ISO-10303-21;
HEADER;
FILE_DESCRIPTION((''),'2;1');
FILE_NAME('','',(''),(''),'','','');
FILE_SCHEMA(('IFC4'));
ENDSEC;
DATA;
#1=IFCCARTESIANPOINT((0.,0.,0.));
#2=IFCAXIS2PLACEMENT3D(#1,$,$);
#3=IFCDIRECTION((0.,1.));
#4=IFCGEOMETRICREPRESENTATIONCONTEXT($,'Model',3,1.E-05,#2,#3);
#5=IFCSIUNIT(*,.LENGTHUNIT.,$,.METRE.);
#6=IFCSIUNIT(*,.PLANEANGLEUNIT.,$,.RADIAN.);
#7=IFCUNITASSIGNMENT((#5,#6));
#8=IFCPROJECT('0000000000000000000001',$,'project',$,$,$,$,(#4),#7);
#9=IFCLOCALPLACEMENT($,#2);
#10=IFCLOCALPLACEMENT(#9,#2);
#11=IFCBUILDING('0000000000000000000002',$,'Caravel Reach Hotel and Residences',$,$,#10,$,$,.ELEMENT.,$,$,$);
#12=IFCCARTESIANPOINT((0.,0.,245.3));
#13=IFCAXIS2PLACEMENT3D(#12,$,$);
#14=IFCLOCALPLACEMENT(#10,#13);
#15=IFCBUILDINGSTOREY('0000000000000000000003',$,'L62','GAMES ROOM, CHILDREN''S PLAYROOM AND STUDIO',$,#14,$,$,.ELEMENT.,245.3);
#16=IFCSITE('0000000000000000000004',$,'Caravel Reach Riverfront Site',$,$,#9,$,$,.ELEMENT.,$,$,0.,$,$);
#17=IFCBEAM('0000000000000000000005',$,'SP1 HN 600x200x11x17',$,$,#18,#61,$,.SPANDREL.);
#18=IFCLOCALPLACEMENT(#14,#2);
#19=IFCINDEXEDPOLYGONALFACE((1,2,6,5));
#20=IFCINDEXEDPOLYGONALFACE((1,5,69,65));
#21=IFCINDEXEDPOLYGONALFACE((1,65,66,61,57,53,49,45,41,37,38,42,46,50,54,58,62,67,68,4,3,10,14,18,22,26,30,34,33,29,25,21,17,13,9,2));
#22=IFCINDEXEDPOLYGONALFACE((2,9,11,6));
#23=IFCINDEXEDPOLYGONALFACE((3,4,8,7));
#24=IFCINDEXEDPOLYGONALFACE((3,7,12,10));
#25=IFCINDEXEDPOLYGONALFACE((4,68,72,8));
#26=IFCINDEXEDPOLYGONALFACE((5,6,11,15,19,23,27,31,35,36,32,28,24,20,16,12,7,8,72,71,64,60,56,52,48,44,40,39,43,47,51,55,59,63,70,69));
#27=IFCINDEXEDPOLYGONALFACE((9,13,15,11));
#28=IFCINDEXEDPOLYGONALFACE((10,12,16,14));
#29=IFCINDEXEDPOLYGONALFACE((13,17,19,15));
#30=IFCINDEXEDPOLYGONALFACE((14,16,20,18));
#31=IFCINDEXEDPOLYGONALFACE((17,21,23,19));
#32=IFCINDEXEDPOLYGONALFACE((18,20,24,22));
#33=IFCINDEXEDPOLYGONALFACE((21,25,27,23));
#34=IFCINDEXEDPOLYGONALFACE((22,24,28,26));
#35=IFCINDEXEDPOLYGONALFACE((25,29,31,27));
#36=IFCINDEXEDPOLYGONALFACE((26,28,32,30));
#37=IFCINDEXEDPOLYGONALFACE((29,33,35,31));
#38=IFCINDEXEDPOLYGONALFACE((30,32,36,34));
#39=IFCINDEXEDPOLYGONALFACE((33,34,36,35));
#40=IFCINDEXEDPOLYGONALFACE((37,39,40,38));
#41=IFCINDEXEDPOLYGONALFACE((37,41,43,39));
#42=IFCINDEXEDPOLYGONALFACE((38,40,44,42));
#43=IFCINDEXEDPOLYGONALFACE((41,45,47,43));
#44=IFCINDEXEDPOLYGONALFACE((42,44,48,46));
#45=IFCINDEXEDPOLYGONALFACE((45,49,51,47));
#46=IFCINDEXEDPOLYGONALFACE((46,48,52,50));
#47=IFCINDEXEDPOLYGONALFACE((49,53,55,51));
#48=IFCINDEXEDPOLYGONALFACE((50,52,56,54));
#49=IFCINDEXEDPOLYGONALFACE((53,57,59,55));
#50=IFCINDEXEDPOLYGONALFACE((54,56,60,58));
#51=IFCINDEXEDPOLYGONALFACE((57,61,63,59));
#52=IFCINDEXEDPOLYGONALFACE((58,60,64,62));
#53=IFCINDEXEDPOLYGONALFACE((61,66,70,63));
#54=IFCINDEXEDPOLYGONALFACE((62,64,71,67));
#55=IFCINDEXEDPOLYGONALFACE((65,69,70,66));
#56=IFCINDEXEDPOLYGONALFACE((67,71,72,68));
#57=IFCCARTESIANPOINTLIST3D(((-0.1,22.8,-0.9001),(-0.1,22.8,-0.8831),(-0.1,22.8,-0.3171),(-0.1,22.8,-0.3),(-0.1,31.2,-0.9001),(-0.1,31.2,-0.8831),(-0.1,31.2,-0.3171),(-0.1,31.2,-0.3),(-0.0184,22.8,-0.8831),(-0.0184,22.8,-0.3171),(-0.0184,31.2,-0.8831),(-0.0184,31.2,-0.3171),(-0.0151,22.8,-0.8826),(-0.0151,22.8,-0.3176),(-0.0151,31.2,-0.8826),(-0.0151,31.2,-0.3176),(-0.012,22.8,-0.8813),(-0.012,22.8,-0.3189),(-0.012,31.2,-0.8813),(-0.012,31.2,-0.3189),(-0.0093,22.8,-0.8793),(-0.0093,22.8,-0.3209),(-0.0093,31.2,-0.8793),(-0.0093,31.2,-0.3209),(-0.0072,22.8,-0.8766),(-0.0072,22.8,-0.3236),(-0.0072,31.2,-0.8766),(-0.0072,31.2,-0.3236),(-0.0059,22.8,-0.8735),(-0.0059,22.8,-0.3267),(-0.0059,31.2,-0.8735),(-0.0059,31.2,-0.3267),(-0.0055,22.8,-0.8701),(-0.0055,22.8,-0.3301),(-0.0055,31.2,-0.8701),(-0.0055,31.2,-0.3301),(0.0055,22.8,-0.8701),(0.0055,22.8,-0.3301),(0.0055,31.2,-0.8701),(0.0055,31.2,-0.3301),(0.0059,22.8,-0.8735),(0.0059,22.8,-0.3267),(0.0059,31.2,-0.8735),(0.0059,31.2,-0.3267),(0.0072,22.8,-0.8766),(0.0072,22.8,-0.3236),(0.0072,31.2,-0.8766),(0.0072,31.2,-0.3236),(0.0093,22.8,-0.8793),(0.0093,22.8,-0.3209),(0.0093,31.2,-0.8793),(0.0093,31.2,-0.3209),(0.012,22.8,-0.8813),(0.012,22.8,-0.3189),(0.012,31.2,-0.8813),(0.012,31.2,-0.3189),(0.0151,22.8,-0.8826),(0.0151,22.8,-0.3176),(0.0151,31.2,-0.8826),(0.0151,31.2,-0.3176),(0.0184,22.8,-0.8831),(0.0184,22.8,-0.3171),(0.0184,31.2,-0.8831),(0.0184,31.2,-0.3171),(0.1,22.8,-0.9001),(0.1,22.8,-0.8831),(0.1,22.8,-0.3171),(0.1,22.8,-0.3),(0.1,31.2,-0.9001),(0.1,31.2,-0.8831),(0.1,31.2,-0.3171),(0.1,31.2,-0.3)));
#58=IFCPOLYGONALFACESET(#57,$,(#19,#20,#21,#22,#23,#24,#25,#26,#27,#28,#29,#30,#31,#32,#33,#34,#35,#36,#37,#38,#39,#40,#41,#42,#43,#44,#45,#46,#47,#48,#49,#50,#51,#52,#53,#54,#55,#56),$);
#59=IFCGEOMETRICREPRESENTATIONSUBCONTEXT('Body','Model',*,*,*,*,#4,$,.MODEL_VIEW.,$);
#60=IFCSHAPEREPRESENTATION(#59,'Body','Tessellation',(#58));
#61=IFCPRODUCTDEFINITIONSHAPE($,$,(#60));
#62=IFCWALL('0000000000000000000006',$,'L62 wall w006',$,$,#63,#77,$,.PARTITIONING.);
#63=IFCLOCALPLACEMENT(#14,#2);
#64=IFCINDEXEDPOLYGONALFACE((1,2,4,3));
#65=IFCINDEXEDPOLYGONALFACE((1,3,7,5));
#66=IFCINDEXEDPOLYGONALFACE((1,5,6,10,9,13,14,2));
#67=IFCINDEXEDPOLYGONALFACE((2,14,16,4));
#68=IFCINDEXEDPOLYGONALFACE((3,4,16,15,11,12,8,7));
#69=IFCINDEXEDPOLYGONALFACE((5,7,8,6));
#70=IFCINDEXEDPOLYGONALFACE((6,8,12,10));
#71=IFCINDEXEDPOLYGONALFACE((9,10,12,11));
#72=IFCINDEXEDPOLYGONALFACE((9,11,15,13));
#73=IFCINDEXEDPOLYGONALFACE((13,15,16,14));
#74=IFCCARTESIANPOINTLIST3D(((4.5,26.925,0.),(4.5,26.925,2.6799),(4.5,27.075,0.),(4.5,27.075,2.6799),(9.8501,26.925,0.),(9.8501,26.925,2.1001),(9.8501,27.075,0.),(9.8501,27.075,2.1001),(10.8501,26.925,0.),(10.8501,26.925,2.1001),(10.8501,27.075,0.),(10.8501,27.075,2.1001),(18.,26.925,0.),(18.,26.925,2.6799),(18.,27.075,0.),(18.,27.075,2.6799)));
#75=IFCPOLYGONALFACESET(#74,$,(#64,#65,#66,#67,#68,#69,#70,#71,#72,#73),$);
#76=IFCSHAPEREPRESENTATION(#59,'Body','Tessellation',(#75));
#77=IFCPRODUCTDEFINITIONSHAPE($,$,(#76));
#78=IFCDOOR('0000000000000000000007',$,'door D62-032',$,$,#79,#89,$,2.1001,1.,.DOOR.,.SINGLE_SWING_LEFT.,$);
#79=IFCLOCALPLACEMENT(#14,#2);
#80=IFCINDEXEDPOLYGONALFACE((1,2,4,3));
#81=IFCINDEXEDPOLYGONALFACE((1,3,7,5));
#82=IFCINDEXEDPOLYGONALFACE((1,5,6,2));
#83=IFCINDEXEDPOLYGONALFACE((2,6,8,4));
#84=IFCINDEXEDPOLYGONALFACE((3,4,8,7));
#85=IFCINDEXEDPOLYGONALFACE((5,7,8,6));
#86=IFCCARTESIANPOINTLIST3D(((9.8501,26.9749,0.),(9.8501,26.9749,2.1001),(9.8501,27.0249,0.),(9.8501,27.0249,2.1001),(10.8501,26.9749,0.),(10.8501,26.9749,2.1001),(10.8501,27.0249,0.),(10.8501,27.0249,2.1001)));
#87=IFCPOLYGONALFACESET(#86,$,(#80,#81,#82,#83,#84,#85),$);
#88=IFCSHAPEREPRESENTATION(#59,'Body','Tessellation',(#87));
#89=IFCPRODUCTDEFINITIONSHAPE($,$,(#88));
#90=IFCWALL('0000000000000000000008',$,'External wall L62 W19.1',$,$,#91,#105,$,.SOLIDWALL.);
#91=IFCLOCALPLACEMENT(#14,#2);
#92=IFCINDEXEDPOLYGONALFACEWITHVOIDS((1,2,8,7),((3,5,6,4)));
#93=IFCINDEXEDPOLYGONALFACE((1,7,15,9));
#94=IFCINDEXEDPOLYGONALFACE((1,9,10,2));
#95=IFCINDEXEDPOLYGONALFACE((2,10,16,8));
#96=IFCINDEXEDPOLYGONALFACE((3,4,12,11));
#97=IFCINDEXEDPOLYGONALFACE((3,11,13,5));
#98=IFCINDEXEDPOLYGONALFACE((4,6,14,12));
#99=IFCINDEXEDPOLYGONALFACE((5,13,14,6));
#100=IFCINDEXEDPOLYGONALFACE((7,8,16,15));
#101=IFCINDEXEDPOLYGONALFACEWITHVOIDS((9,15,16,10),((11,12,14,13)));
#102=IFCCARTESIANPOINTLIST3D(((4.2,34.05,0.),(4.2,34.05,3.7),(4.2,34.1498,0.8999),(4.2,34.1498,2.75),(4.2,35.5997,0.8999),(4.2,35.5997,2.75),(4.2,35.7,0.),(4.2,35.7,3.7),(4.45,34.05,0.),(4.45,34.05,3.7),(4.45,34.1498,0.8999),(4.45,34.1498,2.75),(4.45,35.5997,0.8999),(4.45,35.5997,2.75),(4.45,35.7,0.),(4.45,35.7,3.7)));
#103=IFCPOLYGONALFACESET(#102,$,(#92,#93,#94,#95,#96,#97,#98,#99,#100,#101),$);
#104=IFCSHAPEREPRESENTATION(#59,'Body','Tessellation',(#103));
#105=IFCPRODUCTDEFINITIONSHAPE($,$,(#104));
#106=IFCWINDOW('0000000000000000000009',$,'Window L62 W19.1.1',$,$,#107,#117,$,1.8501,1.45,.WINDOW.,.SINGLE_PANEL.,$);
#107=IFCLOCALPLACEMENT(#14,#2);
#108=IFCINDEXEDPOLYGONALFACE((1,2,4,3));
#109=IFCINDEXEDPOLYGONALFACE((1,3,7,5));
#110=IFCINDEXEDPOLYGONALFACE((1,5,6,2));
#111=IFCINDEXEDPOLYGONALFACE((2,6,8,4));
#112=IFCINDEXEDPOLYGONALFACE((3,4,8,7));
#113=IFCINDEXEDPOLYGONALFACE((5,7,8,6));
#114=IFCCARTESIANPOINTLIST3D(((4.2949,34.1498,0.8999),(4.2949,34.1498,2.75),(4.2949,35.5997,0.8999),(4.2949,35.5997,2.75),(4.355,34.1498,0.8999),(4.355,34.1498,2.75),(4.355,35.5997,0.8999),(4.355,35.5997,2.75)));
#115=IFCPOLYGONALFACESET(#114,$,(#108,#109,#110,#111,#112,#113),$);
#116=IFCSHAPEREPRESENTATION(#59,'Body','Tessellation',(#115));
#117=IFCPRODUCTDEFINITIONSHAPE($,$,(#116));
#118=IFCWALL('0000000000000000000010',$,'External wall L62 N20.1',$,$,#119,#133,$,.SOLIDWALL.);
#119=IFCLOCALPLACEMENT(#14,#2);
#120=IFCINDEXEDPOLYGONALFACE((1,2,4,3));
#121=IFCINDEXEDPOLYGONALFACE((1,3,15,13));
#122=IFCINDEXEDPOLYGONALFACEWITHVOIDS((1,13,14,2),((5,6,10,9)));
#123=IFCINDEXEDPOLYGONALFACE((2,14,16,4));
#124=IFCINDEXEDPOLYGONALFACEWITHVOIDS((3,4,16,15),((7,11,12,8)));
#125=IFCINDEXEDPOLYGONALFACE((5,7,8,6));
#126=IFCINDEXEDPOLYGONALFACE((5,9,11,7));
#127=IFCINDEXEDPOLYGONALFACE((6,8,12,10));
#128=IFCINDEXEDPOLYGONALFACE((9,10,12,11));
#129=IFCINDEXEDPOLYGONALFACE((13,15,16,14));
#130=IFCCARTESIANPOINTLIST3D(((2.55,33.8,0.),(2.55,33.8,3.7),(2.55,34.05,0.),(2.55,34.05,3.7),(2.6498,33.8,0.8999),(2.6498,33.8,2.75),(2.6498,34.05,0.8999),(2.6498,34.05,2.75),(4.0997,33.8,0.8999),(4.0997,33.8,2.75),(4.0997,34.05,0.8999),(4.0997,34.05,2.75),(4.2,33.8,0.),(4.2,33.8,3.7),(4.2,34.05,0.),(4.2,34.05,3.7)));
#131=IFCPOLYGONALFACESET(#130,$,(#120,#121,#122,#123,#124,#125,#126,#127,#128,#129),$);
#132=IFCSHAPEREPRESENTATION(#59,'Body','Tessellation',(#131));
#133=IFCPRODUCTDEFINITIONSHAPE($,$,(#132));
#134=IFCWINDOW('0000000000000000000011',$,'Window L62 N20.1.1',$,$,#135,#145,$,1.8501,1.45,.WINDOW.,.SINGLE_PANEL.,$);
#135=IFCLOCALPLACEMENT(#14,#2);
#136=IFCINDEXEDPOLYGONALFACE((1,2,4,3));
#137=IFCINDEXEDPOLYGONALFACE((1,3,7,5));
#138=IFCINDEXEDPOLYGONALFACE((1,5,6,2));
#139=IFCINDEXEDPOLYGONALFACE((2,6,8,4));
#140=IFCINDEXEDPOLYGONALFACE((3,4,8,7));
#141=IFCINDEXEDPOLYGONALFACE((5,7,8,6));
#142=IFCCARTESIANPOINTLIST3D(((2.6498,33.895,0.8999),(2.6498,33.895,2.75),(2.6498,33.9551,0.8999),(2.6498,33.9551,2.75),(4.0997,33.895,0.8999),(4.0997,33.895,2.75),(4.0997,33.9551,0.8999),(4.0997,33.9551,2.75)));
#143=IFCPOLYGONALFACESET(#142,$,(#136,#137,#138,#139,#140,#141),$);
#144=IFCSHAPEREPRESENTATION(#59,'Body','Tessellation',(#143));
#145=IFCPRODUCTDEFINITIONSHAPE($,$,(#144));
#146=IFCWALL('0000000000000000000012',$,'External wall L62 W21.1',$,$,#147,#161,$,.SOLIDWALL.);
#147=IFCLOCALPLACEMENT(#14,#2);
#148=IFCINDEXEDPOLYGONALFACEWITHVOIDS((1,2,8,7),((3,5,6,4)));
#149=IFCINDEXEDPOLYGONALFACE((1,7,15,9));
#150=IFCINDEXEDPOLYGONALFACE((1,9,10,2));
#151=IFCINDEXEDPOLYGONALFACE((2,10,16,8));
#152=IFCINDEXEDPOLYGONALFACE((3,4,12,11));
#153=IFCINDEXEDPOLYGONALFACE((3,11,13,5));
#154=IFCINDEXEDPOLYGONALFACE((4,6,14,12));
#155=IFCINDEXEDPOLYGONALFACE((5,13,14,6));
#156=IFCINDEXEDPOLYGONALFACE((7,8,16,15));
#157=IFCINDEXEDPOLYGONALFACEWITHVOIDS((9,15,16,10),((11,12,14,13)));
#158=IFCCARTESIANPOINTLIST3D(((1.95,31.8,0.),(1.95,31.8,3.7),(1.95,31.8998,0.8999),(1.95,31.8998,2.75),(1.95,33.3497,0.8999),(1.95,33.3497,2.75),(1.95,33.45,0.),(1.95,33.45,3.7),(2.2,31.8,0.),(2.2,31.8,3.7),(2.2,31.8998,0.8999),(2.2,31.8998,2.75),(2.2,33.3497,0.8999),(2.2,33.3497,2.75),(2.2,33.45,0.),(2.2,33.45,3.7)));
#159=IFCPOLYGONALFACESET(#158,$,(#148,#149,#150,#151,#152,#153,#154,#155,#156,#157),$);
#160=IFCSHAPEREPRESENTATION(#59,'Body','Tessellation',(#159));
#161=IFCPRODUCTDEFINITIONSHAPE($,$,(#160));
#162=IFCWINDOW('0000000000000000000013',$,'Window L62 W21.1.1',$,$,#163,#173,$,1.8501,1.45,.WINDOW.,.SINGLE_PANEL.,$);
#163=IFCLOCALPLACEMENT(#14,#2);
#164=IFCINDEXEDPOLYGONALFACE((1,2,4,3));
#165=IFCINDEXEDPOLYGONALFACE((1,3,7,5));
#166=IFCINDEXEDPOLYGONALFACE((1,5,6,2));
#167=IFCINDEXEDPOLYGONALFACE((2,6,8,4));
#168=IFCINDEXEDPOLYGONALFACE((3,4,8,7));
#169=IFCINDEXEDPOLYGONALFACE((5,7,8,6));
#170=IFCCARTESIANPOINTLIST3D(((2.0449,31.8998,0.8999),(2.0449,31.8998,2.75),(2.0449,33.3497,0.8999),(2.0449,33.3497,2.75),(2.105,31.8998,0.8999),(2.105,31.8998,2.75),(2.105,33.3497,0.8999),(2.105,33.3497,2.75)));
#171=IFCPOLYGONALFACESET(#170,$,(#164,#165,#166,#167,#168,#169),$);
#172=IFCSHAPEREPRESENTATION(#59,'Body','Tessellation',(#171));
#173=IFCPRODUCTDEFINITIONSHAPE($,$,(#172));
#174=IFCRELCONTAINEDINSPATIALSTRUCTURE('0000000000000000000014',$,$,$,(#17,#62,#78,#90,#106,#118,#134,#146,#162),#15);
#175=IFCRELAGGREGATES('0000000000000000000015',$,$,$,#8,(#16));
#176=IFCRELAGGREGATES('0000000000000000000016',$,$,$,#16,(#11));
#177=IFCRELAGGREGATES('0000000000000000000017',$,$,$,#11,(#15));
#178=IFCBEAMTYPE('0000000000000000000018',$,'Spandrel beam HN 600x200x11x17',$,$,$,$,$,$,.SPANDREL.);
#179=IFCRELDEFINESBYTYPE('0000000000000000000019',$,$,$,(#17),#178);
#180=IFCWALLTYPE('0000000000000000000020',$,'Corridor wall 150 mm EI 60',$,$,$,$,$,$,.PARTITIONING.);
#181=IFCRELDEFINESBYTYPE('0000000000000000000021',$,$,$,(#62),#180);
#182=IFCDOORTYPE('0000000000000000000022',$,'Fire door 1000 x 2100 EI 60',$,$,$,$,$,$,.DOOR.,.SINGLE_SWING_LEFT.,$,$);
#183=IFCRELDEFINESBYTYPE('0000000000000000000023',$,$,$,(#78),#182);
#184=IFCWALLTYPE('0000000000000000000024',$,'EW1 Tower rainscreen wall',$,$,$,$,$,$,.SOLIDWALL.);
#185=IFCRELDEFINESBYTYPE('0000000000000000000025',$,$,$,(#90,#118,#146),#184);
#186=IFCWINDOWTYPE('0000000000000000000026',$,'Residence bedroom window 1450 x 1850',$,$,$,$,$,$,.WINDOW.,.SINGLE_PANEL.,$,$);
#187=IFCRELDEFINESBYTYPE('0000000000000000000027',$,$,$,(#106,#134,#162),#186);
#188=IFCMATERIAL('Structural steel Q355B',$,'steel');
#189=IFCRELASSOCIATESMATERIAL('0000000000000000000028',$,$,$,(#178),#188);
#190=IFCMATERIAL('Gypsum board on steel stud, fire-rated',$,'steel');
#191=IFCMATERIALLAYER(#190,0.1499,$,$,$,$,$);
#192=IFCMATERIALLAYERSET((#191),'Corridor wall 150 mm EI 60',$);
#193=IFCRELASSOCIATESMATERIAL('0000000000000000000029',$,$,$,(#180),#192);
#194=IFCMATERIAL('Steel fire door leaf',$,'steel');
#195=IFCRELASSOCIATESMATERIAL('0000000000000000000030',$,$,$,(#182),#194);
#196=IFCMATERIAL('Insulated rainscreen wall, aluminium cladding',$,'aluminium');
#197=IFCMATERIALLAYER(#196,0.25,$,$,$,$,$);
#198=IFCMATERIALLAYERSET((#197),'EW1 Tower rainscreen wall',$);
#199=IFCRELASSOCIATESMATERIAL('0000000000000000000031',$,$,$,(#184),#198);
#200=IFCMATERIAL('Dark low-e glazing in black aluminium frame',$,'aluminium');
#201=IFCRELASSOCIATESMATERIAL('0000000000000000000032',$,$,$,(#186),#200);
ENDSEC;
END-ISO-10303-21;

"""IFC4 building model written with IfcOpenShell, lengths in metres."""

from ifc_helpers import new_model, si_unit, direction, frame, frame_2d, origin, origin_2d, place, context, subcontext, project, spatial, rectangle, i_section, extrude, material, layer, layer_set, material_profile, profile_set, type_object, element, fill, save


model = new_model("IFC4")

# Units and contexts
model_context = context("Model", 3, precision=1e-05, world=origin(), true_north=direction((0.0, 1.0)))
body_context = subcontext(model_context, "Body", "Model", "MODEL_VIEW")
ifc_project = project(units=[si_unit("LENGTHUNIT", "METRE"), si_unit("PLANEANGLEUNIT", "RADIAN")], contexts=[model_context])

# Site, building, storey
site_placement = place(None, origin())
site = spatial("IfcSite", under=ifc_project, at=site_placement, Name="Caravel Reach Riverfront Site", CompositionType="ELEMENT", RefElevation=0.0)
building_placement = place(site_placement, origin())
building = spatial("IfcBuilding", under=site, at=building_placement, Name="Caravel Reach Hotel and Residences", CompositionType="ELEMENT")
storey_placement = place(building_placement, frame((0.0, 0.0, 245.3)))
storey = spatial("IfcBuildingStorey", under=building, at=storey_placement, Name="L62", Description="GAMES ROOM, CHILDREN'S PLAYROOM AND STUDIO", CompositionType="ELEMENT", Elevation=245.3)

# Beam
ifc_material_1 = material(Name="Structural steel Q355B", Category="steel")
ifc_material_profile_1 = material_profile(ifc_material_1, i_section(OverallWidth=0.2, OverallDepth=0.6001, WebThickness=0.011, FlangeThickness=0.0171, FilletRadius=0.0129, at=origin_2d()), Name="HN 600x200x11x17")
ifc_profile_set_1 = profile_set([ifc_material_profile_1], Name="Structural steel Q355B")
beam_type = type_object("IfcBeamType", Name="Spandrel beam HN 600x200x11x17", PredefinedType="SPANDREL", material=ifc_profile_set_1)
beam_placement = place(storey_placement, frame((0.0, 31.2, -0.6001), z_axis=(0.0, -1.0, 0.0), x_axis=(1.0, 0.0, 0.0)))
element("IfcBeam", 1, at=beam_placement, inside=storey, type_object=beam_type, Name="SP1 HN 600x200x11x17", PredefinedType="SPANDREL", context=body_context, shape_type="SweptSolid", body=[
    extrude(i_section(OverallWidth=0.2, OverallDepth=0.6001, WebThickness=0.011, FlangeThickness=0.0171, FilletRadius=0.0129, at=origin_2d()), origin(), (0.0, 0.0, 1.0), 8.3999),
])

# Wall, opening, door
ifc_material_2 = material(Name="Gypsum board on steel stud, fire-rated", Category="steel")
ifc_layer_1 = layer(ifc_material_2, 0.1499)
ifc_layer_set_1 = layer_set([ifc_layer_1], Name="Corridor wall 150 mm EI 60")
wall_type_1 = type_object("IfcWallType", Name="Corridor wall 150 mm EI 60", PredefinedType="PARTITIONING", material=ifc_layer_set_1)
wall_1_placement = place(storey_placement, frame((4.5, 27.0, 0.0), z_axis=(0.0, 0.0, 1.0), x_axis=(1.0, 0.0, 0.0)))
wall_1 = element("IfcWall", 2, at=wall_1_placement, inside=storey, type_object=wall_type_1, Name="L62 wall w006", PredefinedType="PARTITIONING", context=body_context, shape_type="SweptSolid", body=[
    extrude(rectangle(XDim=13.5, YDim=0.1499, at=frame_2d((6.75, 0.0))), origin(), (0.0, 0.0, 1.0), 2.6799),
])
opening_1_placement = place(wall_1_placement, frame((5.3501, 0.0, 0.0)))
opening_1 = element("IfcOpeningElement", 3, at=opening_1_placement, cuts=wall_1, PredefinedType="OPENING", context=body_context, shape_type="SweptSolid", body=[
    extrude(rectangle(XDim=1.0, YDim=2.1001, at=frame_2d((0.5, 1.05))), frame((0.0, 0.085, 0.0), z_axis=(0.0, -1.0, 0.0), x_axis=(1.0, 0.0, 0.0)), (0.0, 0.0, 1.0), 0.1699),
])
ifc_material_3 = material(Name="Steel fire door leaf", Category="steel")
door_type = type_object("IfcDoorType", Name="Fire door 1000 x 2100 EI 60", OperationType="SINGLE_SWING_LEFT", PredefinedType="DOOR", material=ifc_material_3)
door_placement = place(opening_1_placement, origin())
door = element("IfcDoor", 4, at=door_placement, inside=storey, type_object=door_type, Name="door D62-032", OperationType="SINGLE_SWING_LEFT", OverallHeight=2.1001, OverallWidth=1.0, PredefinedType="DOOR", context=body_context, shape_type="SweptSolid", body=[
    extrude(rectangle(XDim=1.0, YDim=2.1001, at=frame_2d((0.5, 1.05))), frame((0.0, 0.0249, 0.0), z_axis=(0.0, -1.0, 0.0), x_axis=(1.0, 0.0, 0.0)), (0.0, 0.0, 1.0), 0.05),
])
fill(opening_1, door)

# Walls, openings, windows
ifc_material_4 = material(Name="Insulated rainscreen wall, aluminium cladding", Category="aluminium")
ifc_layer_2 = layer(ifc_material_4, 0.25)
ifc_layer_set_2 = layer_set([ifc_layer_2], Name="EW1 Tower rainscreen wall")
wall_type_2 = type_object("IfcWallType", Name="EW1 Tower rainscreen wall", PredefinedType="SOLIDWALL", material=ifc_layer_set_2)
wall_2_placement = place(storey_placement, frame((4.325, 35.7, 0.0), z_axis=(0.0, 0.0, 1.0), x_axis=(0.0, -1.0, 0.0)))
wall_2 = element("IfcWall", 5, at=wall_2_placement, inside=storey, type_object=wall_type_2, Name="External wall L62 W19.1", PredefinedType="SOLIDWALL", context=body_context, shape_type="SweptSolid", body=[
    extrude(rectangle(XDim=1.6499, YDim=0.25, at=frame_2d((0.825, 0.0))), origin(), (0.0, 0.0, 1.0), 3.7),
])
opening_2_placement = place(wall_2_placement, frame((0.1001, 0.0, 0.8999)))
opening_2 = element("IfcOpeningElement", 6, at=opening_2_placement, cuts=wall_2, PredefinedType="OPENING", context=body_context, shape_type="SweptSolid", body=[
    extrude(rectangle(XDim=1.45, YDim=1.8501, at=frame_2d((0.7251, 0.925))), frame((0.0, 0.135, 0.0), z_axis=(0.0, -1.0, 0.0), x_axis=(1.0, 0.0, 0.0)), (0.0, 0.0, 1.0), 0.27),
])
ifc_material_5 = material(Name="Dark low-e glazing in black aluminium frame", Category="aluminium")
window_type_1 = type_object("IfcWindowType", Name="Residence bedroom window 1450 x 1850", PartitioningType="SINGLE_PANEL", PredefinedType="WINDOW", material=ifc_material_5)
window_1_placement = place(opening_2_placement, origin())
window_1 = element("IfcWindow", 7, at=window_1_placement, inside=storey, type_object=window_type_1, Name="Window L62 W19.1.1", OverallHeight=1.8501, OverallWidth=1.45, PartitioningType="SINGLE_PANEL", PredefinedType="WINDOW", context=body_context, shape_type="SweptSolid", body=[
    extrude(rectangle(XDim=1.45, YDim=1.8501, at=frame_2d((0.7251, 0.925))), frame((0.0, 0.03, 0.0), z_axis=(0.0, -1.0, 0.0), x_axis=(1.0, 0.0, 0.0)), (0.0, 0.0, 1.0), 0.0601),
])
fill(opening_2, window_1)
wall_3_placement = place(storey_placement, frame((4.2, 33.925, 0.0), z_axis=(0.0, 0.0, 1.0), x_axis=(-1.0, 0.0, 0.0)))
wall_3 = element("IfcWall", 8, at=wall_3_placement, inside=storey, type_object=wall_type_2, Name="External wall L62 N20.1", PredefinedType="SOLIDWALL", context=body_context, shape_type="SweptSolid", body=[
    extrude(rectangle(XDim=1.6499, YDim=0.25, at=frame_2d((0.825, 0.0))), origin(), (0.0, 0.0, 1.0), 3.7),
])
opening_3_placement = place(wall_3_placement, frame((0.1001, 0.0, 0.8999)))
opening_3 = element("IfcOpeningElement", 9, at=opening_3_placement, cuts=wall_3, PredefinedType="OPENING", context=body_context, shape_type="SweptSolid", body=[
    extrude(rectangle(XDim=1.45, YDim=1.8501, at=frame_2d((0.7251, 0.925))), frame((0.0, 0.135, 0.0), z_axis=(0.0, -1.0, 0.0), x_axis=(1.0, 0.0, 0.0)), (0.0, 0.0, 1.0), 0.27),
])
window_2_placement = place(opening_3_placement, origin())
window_2 = element("IfcWindow", 10, at=window_2_placement, inside=storey, type_object=window_type_1, Name="Window L62 N20.1.1", OverallHeight=1.8501, OverallWidth=1.45, PartitioningType="SINGLE_PANEL", PredefinedType="WINDOW", context=body_context, shape_type="SweptSolid", body=[
    extrude(rectangle(XDim=1.45, YDim=1.8501, at=frame_2d((0.7251, 0.925))), frame((0.0, 0.03, 0.0), z_axis=(0.0, -1.0, 0.0), x_axis=(1.0, 0.0, 0.0)), (0.0, 0.0, 1.0), 0.0601),
])
fill(opening_3, window_2)
wall_4_placement = place(storey_placement, frame((2.075, 33.45, 0.0), z_axis=(0.0, 0.0, 1.0), x_axis=(0.0, -1.0, 0.0)))
wall_4 = element("IfcWall", 11, at=wall_4_placement, inside=storey, type_object=wall_type_2, Name="External wall L62 W21.1", PredefinedType="SOLIDWALL", context=body_context, shape_type="SweptSolid", body=[
    extrude(rectangle(XDim=1.6499, YDim=0.25, at=frame_2d((0.825, 0.0))), origin(), (0.0, 0.0, 1.0), 3.7),
])
opening_4_placement = place(wall_4_placement, frame((0.1001, 0.0, 0.8999)))
opening_4 = element("IfcOpeningElement", 12, at=opening_4_placement, cuts=wall_4, PredefinedType="OPENING", context=body_context, shape_type="SweptSolid", body=[
    extrude(rectangle(XDim=1.45, YDim=1.8501, at=frame_2d((0.7251, 0.925))), frame((0.0, 0.135, 0.0), z_axis=(0.0, -1.0, 0.0), x_axis=(1.0, 0.0, 0.0)), (0.0, 0.0, 1.0), 0.27),
])
window_3_placement = place(opening_4_placement, origin())
window_3 = element("IfcWindow", 13, at=window_3_placement, inside=storey, type_object=window_type_1, Name="Window L62 W21.1.1", OverallHeight=1.8501, OverallWidth=1.45, PartitioningType="SINGLE_PANEL", PredefinedType="WINDOW", context=body_context, shape_type="SweptSolid", body=[
    extrude(rectangle(XDim=1.45, YDim=1.8501, at=frame_2d((0.7251, 0.925))), frame((0.0, 0.03, 0.0), z_axis=(0.0, -1.0, 0.0), x_axis=(1.0, 0.0, 0.0)), (0.0, 0.0, 1.0), 0.0601),
])
fill(opening_4, window_3)

save(model, "model.ifc")
